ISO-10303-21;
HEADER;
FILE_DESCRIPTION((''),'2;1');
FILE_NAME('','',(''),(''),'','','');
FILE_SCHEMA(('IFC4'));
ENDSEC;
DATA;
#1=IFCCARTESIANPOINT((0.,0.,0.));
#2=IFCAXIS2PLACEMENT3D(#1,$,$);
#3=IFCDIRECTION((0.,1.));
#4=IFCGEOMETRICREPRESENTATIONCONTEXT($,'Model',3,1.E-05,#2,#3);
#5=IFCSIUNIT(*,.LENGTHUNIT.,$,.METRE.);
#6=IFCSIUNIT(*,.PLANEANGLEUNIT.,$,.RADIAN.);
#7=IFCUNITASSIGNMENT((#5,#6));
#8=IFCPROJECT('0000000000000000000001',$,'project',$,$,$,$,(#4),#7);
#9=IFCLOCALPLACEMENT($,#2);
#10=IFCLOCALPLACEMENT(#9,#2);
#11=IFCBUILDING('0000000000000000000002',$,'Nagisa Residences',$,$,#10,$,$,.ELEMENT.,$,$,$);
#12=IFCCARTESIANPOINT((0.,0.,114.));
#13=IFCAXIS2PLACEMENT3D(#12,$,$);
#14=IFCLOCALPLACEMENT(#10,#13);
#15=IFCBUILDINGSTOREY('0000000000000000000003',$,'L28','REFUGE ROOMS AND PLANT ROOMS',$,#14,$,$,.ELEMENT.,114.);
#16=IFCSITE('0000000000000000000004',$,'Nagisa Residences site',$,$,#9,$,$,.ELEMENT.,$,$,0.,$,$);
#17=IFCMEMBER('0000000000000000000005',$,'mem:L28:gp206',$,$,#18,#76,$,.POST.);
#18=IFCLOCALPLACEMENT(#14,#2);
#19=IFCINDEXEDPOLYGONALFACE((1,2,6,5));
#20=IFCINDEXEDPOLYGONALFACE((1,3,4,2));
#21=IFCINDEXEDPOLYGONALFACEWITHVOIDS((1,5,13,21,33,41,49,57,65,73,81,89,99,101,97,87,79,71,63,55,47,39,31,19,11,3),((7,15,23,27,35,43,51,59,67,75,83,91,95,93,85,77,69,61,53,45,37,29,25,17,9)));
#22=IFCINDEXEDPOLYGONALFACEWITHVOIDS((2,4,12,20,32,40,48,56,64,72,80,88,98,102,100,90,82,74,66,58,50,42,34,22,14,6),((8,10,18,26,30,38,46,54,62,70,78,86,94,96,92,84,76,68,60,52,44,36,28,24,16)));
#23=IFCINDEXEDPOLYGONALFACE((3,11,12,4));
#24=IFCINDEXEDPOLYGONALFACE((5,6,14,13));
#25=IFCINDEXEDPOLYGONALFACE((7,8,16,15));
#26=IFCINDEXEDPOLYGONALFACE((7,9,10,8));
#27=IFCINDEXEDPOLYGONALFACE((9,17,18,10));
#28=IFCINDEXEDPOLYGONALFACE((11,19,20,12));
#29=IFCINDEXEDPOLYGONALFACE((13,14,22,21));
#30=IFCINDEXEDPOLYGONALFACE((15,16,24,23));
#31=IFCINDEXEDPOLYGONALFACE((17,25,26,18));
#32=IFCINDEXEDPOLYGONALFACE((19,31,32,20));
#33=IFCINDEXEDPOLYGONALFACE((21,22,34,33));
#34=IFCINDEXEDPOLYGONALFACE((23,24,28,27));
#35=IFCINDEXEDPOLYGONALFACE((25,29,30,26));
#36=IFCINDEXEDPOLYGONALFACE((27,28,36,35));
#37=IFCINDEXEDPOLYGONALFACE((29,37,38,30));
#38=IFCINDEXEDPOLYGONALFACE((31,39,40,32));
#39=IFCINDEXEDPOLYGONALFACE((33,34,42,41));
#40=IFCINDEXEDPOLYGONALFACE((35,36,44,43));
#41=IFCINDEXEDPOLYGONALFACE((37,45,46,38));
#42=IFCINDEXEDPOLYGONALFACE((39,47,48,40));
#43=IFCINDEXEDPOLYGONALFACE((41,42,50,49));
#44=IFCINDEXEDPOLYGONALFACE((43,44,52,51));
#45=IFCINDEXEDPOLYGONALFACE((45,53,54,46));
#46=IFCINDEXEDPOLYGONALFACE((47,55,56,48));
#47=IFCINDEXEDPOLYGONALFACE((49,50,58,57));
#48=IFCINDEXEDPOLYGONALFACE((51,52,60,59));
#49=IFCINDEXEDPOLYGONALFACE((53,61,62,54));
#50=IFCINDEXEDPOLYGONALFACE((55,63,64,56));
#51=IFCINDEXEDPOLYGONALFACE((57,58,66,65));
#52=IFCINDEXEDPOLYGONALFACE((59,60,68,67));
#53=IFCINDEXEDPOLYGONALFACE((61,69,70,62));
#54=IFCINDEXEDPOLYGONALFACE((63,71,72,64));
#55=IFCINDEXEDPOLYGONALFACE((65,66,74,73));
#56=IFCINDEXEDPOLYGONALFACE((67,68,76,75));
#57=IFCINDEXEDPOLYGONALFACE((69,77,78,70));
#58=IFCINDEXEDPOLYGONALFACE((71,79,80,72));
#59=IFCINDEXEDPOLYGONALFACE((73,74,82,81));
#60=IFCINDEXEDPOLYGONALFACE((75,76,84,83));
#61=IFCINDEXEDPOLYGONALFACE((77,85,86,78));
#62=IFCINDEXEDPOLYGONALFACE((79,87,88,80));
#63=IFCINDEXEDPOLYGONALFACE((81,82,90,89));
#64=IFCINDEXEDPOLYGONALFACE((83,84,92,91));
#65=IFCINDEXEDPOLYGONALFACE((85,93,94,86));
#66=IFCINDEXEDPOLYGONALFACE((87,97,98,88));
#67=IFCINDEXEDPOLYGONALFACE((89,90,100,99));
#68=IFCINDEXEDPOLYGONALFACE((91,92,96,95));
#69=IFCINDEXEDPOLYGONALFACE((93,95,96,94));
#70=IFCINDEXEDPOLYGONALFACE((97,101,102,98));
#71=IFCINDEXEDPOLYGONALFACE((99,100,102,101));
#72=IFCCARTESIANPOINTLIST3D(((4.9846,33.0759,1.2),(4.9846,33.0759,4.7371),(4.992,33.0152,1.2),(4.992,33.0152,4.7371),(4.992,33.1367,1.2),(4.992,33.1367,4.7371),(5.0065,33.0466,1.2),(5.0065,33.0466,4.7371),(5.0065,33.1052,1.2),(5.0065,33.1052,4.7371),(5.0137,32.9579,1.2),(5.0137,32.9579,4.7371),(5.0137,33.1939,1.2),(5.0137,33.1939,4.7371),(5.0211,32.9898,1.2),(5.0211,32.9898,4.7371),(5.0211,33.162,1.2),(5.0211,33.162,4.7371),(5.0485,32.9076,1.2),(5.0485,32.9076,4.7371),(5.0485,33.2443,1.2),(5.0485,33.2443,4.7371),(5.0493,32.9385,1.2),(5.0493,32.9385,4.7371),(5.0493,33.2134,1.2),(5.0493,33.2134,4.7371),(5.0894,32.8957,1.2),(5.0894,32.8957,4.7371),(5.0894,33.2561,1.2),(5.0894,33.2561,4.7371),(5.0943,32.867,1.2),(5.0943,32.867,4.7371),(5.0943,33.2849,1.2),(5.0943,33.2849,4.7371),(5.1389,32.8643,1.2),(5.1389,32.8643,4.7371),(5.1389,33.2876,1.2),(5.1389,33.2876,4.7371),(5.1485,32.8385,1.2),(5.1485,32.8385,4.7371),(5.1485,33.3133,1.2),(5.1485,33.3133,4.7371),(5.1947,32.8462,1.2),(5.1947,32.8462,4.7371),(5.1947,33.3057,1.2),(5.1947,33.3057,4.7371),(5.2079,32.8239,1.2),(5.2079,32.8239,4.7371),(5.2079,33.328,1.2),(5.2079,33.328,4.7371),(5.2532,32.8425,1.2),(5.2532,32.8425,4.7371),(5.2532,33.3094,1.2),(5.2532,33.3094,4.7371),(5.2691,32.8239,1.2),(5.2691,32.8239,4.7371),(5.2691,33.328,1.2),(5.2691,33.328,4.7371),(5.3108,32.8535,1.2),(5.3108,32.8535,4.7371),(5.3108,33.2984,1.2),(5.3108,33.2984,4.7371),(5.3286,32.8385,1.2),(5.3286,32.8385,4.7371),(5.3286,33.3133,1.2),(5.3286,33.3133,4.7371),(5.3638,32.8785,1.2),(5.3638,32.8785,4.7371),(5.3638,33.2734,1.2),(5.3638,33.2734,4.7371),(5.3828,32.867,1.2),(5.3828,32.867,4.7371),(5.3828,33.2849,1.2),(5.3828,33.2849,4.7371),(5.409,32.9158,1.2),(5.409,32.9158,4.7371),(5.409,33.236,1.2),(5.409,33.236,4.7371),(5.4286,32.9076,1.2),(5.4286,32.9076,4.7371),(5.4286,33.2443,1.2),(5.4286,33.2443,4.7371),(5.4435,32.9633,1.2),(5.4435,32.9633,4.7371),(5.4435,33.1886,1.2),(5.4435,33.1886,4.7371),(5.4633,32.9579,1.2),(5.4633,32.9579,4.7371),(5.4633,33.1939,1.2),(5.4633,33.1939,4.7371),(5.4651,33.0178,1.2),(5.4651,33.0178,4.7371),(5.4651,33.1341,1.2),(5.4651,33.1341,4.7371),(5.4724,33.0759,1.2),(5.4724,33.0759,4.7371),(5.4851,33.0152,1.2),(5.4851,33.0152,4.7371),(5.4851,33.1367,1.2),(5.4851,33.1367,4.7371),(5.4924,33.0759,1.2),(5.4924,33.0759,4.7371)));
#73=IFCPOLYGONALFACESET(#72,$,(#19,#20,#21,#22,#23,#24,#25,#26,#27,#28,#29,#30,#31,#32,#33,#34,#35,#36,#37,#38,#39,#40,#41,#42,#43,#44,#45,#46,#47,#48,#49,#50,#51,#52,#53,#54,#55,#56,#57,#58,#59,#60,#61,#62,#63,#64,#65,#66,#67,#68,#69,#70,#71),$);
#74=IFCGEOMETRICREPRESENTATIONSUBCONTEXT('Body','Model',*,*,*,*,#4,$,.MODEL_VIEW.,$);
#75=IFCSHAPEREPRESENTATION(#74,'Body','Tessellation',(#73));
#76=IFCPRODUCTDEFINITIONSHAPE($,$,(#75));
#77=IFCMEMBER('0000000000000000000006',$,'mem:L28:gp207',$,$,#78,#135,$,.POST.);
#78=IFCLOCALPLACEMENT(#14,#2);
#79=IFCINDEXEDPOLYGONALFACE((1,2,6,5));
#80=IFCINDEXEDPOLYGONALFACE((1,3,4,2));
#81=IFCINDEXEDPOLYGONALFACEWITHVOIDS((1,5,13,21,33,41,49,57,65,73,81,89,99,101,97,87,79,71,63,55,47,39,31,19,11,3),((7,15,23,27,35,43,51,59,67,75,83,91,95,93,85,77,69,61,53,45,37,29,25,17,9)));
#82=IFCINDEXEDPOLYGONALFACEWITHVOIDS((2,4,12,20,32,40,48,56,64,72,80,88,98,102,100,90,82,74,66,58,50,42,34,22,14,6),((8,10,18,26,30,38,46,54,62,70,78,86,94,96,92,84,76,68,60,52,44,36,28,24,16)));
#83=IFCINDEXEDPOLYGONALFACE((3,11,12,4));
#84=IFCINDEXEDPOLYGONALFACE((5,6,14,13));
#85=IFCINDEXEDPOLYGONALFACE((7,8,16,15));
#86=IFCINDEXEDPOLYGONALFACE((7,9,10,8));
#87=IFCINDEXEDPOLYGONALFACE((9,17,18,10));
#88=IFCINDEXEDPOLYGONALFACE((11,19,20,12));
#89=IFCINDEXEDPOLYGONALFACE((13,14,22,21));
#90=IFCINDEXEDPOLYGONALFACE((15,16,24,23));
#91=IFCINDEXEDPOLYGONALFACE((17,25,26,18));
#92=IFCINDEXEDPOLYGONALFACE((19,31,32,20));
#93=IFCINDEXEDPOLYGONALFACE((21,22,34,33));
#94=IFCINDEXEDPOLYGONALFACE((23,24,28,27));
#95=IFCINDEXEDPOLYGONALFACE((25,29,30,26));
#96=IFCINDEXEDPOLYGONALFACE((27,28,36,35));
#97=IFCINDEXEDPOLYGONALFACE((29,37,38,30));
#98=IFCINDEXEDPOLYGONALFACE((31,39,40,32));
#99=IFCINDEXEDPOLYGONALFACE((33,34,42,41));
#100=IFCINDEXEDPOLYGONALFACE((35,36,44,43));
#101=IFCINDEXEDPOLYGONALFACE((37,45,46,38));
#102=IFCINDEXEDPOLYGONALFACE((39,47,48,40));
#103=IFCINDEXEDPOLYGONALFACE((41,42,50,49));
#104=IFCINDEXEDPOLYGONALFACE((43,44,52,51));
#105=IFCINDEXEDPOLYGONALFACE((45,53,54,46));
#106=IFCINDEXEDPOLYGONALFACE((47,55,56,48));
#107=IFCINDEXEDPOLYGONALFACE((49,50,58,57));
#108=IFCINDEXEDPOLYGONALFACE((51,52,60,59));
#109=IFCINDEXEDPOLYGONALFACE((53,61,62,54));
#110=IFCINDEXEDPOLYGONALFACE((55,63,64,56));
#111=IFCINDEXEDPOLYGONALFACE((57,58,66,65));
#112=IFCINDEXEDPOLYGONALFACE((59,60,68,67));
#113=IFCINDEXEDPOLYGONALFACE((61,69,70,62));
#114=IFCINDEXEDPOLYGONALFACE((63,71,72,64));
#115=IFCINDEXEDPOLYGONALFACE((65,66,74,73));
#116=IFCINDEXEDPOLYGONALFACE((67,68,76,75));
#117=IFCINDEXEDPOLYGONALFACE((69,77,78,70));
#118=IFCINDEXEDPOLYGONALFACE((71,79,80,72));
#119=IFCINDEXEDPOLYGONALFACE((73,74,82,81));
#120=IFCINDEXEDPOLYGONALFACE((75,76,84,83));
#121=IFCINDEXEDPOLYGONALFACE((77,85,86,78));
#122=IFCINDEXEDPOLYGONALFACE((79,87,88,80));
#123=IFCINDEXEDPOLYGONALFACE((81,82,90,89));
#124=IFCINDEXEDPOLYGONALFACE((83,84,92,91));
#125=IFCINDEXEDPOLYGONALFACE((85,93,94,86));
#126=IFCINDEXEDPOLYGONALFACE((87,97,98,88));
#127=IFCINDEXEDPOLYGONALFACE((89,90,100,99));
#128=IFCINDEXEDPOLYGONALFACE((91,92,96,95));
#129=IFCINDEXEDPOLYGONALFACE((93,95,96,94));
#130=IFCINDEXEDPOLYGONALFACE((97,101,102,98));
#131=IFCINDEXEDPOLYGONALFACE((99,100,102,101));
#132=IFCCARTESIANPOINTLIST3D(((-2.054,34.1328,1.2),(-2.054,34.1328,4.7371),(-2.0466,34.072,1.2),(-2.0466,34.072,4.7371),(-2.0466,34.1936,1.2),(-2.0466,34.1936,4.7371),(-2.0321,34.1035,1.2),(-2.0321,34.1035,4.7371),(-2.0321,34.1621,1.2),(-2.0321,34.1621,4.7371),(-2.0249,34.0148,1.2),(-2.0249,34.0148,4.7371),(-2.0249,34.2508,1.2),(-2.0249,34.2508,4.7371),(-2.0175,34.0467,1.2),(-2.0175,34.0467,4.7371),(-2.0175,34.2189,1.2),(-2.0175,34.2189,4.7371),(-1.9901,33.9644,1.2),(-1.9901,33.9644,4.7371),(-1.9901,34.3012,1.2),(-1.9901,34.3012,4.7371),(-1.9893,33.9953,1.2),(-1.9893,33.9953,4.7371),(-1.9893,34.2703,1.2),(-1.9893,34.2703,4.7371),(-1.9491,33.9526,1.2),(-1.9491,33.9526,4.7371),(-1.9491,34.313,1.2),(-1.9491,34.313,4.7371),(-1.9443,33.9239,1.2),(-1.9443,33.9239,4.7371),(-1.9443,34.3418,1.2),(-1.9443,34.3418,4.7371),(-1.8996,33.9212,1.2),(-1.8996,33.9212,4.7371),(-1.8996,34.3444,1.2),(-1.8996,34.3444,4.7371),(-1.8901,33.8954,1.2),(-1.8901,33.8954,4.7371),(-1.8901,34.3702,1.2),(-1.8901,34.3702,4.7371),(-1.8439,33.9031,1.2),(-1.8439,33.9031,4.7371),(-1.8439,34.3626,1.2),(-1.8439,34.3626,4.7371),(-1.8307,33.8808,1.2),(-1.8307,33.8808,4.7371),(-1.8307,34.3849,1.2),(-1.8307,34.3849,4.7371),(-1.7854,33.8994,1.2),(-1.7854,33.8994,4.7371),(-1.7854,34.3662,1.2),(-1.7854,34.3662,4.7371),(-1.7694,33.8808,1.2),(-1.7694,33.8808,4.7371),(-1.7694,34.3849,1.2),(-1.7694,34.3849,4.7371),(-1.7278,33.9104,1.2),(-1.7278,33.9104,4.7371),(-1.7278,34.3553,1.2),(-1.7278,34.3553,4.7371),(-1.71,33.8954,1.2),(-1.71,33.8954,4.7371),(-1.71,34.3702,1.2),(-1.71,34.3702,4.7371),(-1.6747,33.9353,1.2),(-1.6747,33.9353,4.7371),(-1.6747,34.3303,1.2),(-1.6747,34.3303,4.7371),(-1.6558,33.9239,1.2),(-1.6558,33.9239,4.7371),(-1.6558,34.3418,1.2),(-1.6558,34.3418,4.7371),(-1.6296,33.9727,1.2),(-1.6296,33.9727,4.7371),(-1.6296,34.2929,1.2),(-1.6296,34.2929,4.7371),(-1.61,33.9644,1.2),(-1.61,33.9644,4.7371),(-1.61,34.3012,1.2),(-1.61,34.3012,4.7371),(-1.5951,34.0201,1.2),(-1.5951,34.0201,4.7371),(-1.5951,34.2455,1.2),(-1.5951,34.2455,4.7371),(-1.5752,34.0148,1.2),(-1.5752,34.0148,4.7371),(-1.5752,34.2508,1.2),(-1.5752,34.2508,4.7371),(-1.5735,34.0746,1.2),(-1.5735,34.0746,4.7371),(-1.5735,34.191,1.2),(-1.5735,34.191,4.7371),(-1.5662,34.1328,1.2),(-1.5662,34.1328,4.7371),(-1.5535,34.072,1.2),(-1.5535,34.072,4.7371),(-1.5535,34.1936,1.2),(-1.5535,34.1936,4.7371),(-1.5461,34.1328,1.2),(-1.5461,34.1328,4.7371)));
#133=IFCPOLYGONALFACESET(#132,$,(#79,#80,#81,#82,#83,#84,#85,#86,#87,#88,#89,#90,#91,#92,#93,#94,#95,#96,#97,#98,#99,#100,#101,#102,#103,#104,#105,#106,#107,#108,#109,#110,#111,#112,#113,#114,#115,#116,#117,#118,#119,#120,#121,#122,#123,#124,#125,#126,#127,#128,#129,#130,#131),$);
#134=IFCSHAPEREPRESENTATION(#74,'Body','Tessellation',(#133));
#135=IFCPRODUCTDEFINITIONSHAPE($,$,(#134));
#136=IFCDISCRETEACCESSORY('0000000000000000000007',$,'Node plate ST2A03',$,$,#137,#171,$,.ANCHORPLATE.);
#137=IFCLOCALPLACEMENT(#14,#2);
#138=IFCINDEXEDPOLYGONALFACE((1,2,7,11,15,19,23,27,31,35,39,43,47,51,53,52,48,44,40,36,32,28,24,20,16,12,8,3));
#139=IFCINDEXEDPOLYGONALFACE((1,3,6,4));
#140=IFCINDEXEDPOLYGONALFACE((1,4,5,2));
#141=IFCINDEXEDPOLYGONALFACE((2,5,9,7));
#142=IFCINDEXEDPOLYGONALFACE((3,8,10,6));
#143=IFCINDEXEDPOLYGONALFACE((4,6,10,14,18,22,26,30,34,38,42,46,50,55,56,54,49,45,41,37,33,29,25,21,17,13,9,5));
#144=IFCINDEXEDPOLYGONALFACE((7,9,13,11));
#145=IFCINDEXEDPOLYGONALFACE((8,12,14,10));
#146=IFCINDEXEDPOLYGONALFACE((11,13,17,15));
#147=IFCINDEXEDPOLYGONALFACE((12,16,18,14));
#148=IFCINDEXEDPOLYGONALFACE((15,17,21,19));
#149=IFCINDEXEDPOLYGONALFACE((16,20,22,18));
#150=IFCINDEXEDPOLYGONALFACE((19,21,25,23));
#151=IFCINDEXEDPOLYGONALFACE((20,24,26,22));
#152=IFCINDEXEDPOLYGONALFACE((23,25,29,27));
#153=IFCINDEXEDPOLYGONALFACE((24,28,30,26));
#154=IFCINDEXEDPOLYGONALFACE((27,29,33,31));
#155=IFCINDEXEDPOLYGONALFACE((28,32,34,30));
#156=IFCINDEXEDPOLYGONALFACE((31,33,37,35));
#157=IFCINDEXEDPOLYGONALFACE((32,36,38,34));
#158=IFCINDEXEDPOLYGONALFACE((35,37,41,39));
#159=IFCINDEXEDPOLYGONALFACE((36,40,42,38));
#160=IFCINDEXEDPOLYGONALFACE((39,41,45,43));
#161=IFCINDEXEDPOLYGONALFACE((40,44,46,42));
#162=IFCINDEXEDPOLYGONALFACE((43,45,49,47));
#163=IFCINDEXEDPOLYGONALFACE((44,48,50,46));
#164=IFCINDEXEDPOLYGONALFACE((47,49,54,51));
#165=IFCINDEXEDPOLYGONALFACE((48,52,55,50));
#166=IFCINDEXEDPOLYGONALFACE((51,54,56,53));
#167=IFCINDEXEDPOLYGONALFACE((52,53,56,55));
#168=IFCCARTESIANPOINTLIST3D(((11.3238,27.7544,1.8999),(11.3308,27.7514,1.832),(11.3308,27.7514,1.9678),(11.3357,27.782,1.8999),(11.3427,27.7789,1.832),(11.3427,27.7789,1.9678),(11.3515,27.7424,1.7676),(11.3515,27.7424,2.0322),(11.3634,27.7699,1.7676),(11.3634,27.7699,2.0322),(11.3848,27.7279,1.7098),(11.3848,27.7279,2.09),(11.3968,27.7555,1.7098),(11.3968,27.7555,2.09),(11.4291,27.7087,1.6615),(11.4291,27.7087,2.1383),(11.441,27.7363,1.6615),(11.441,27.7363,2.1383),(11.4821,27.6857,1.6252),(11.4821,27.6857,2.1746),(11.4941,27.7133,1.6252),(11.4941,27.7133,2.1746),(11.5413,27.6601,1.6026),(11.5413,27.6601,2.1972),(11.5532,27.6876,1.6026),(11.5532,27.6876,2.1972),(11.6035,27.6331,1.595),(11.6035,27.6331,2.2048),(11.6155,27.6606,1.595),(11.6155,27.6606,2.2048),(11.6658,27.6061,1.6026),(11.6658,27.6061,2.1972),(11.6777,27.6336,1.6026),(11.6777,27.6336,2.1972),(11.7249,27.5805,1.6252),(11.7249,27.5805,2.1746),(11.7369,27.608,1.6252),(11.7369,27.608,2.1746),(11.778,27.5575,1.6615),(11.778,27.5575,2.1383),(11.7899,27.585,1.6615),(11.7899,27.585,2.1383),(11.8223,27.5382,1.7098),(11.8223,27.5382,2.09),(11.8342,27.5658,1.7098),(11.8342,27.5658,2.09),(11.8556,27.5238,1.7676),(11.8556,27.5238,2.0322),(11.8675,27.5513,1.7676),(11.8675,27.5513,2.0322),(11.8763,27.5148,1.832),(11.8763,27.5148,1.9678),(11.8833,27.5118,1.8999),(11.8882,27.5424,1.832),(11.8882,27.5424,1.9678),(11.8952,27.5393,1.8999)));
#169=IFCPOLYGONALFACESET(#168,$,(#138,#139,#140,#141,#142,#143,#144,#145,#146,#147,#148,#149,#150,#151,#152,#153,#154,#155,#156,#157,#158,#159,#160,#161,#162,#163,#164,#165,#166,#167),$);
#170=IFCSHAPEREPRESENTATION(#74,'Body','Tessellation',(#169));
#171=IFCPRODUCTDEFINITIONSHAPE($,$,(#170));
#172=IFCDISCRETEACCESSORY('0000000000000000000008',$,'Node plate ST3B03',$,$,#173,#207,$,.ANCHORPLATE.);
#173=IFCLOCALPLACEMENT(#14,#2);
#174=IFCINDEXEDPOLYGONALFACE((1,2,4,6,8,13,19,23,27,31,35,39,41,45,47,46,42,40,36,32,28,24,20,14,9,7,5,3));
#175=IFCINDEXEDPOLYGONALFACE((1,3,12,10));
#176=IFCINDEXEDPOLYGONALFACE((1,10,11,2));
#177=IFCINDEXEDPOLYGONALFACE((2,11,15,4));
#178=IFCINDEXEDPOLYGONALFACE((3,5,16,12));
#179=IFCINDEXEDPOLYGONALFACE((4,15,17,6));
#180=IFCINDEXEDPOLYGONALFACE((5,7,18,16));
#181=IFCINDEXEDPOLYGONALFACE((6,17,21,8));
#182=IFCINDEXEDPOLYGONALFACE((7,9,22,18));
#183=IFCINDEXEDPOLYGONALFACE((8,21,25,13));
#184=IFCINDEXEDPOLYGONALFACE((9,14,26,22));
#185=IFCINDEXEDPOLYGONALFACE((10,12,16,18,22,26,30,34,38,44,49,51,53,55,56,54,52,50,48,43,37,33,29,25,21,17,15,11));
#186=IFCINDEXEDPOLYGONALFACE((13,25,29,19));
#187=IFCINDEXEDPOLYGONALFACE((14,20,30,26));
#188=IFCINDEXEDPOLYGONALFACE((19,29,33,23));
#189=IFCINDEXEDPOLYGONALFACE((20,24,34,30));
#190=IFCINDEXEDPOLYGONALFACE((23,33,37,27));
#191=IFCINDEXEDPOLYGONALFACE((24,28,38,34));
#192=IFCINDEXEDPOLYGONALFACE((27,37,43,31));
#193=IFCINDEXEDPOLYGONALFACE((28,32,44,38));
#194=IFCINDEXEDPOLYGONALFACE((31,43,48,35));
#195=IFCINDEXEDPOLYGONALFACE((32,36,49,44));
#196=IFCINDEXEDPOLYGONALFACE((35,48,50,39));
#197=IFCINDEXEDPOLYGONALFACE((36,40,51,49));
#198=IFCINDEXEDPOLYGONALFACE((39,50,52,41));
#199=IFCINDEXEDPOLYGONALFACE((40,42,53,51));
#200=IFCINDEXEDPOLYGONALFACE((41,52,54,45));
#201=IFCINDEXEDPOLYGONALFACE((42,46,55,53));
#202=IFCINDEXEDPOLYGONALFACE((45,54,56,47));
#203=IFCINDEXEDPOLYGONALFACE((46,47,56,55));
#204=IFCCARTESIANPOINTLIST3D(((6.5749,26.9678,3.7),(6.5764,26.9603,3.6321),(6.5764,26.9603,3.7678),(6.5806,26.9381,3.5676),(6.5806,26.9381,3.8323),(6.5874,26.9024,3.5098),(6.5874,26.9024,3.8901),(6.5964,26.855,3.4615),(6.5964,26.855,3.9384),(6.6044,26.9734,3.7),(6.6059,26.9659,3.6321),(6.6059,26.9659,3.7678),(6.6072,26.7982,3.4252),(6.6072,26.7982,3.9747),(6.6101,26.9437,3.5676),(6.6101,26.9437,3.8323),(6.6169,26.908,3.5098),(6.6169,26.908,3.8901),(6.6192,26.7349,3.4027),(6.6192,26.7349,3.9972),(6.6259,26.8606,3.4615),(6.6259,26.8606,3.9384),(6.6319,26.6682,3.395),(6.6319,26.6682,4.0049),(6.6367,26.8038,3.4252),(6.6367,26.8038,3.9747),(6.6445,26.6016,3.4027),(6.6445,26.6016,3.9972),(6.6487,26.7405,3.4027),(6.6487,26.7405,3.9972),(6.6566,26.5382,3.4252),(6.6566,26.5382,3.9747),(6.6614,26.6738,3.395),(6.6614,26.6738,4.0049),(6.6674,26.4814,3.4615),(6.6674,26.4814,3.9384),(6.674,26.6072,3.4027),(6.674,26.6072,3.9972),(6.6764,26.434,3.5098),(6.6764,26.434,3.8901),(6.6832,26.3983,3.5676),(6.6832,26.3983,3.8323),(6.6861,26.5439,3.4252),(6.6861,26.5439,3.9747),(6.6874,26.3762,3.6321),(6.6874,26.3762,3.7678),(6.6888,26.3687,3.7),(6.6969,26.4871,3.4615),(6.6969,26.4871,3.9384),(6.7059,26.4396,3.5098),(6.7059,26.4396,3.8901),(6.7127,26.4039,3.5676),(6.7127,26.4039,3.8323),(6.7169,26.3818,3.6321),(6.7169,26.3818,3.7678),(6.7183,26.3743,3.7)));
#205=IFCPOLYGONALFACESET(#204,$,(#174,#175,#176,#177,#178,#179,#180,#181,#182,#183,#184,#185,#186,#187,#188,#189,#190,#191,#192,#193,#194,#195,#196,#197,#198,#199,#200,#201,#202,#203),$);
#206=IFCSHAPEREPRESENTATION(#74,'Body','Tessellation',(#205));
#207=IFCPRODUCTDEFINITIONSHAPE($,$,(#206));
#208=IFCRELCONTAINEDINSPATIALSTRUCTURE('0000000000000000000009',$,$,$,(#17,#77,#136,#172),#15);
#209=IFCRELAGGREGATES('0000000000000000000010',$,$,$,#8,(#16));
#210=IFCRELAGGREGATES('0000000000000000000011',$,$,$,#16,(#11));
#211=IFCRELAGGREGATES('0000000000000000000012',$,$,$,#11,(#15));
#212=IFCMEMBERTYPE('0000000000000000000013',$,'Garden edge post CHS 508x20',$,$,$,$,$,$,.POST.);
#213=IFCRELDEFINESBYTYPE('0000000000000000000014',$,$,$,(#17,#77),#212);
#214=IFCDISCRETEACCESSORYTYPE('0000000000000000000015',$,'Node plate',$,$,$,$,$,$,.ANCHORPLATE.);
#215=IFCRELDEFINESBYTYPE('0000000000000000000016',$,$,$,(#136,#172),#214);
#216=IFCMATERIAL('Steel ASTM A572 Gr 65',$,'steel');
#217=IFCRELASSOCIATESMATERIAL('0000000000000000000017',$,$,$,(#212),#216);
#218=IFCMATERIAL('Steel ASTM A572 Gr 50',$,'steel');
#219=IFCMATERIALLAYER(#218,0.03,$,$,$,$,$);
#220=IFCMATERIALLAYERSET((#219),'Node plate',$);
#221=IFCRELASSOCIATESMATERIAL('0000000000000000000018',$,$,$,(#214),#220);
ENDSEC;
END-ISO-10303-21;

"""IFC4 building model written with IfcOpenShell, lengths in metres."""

from ifc_helpers import new_model, si_unit, direction, frame, origin, origin_2d, place, context, subcontext, project, spatial, circle, hollow_circle, extrude, material, layer, layer_set, material_profile, profile_set, type_object, element, save


model = new_model("IFC4")

# Units and contexts
model_context = context("Model", 3, precision=1e-05, world=origin(), true_north=direction((0.0, 1.0)))
body_context = subcontext(model_context, "Body", "Model", "MODEL_VIEW")
ifc_project = project(units=[si_unit("LENGTHUNIT", "METRE"), si_unit("PLANEANGLEUNIT", "RADIAN")], contexts=[model_context])

# Site, building, storey
site_placement = place(None, origin())
site = spatial("IfcSite", under=ifc_project, at=site_placement, Name="Nagisa Residences site", CompositionType="ELEMENT", RefElevation=0.0)
building_placement = place(site_placement, origin())
building = spatial("IfcBuilding", under=site, at=building_placement, Name="Nagisa Residences", CompositionType="ELEMENT")
storey_placement = place(building_placement, frame((0.0, 0.0, 114.0)))
storey = spatial("IfcBuildingStorey", under=building, at=storey_placement, Name="L28", Description="REFUGE ROOMS AND PLANT ROOMS", CompositionType="ELEMENT", Elevation=114.0)

# Members
ifc_material_1 = material(Name="Steel ASTM A572 Gr 65", Category="steel")
ifc_material_profile_1 = material_profile(ifc_material_1, hollow_circle(Radius=0.2539, WallThickness=0.02, at=origin_2d()), Name="CHS 508x20")
ifc_profile_set_1 = profile_set([ifc_material_profile_1], Name="Steel ASTM A572 Gr 65")
member_type_1 = type_object("IfcMemberType", Name="Garden edge post CHS 508x20", PredefinedType="POST", material=ifc_profile_set_1)
for number, where, z_axis, x_axis, name in (
    (1, (5.2385, 33.0759, 1.2), (0.0, 0.0, 1.0), (1.0, 0.0, 0.0), "mem:L28:gp206"),
    (2, (-1.8, 34.1328, 1.2), (0.0, 0.0, 1.0), (1.0, 0.0, 0.0), "mem:L28:gp207"),
):
    element("IfcMember", number, at=place(storey_placement, frame(where, z_axis=z_axis, x_axis=x_axis)), inside=storey, type_object=member_type_1, Name=name, PredefinedType="POST", context=body_context, shape_type="SweptSolid", body=[
        extrude(hollow_circle(Radius=0.2539, WallThickness=0.02, at=origin_2d()), origin(), (0.0, 0.0, 1.0), 3.5371),
    ])

# Discrete accessories
ifc_material_2 = material(Name="Steel ASTM A572 Gr 50", Category="steel")
ifc_layer = layer(ifc_material_2, 0.03)
ifc_layer_set = layer_set([ifc_layer], Name="Node plate")
discrete_accessory_type = type_object("IfcDiscreteAccessoryType", Name="Node plate", PredefinedType="ANCHORPLATE", material=ifc_layer_set)
for number, where, z_axis, x_axis, name in (
    (3, (11.6155, 27.6606, 1.8999), (-0.397835, -0.917457, 0.0), (0.917457, -0.397835, 0.0), "Node plate ST2A03"),
    (4, (6.6614, 26.6738, 3.7), (-0.98241, -0.186739, 0.0), (0.186739, -0.98241, 0.0), "Node plate ST3B03"),
):
    element("IfcDiscreteAccessory", number, at=place(storey_placement, frame(where, z_axis=z_axis, x_axis=x_axis)), inside=storey, type_object=discrete_accessory_type, Name=name, PredefinedType="ANCHORPLATE", context=body_context, shape_type="SweptSolid", body=[
        extrude(circle(Radius=0.3049, at=origin_2d()), origin(), (0.0, 0.0, 1.0), 0.03),
    ])

save(model, "model.ifc")
